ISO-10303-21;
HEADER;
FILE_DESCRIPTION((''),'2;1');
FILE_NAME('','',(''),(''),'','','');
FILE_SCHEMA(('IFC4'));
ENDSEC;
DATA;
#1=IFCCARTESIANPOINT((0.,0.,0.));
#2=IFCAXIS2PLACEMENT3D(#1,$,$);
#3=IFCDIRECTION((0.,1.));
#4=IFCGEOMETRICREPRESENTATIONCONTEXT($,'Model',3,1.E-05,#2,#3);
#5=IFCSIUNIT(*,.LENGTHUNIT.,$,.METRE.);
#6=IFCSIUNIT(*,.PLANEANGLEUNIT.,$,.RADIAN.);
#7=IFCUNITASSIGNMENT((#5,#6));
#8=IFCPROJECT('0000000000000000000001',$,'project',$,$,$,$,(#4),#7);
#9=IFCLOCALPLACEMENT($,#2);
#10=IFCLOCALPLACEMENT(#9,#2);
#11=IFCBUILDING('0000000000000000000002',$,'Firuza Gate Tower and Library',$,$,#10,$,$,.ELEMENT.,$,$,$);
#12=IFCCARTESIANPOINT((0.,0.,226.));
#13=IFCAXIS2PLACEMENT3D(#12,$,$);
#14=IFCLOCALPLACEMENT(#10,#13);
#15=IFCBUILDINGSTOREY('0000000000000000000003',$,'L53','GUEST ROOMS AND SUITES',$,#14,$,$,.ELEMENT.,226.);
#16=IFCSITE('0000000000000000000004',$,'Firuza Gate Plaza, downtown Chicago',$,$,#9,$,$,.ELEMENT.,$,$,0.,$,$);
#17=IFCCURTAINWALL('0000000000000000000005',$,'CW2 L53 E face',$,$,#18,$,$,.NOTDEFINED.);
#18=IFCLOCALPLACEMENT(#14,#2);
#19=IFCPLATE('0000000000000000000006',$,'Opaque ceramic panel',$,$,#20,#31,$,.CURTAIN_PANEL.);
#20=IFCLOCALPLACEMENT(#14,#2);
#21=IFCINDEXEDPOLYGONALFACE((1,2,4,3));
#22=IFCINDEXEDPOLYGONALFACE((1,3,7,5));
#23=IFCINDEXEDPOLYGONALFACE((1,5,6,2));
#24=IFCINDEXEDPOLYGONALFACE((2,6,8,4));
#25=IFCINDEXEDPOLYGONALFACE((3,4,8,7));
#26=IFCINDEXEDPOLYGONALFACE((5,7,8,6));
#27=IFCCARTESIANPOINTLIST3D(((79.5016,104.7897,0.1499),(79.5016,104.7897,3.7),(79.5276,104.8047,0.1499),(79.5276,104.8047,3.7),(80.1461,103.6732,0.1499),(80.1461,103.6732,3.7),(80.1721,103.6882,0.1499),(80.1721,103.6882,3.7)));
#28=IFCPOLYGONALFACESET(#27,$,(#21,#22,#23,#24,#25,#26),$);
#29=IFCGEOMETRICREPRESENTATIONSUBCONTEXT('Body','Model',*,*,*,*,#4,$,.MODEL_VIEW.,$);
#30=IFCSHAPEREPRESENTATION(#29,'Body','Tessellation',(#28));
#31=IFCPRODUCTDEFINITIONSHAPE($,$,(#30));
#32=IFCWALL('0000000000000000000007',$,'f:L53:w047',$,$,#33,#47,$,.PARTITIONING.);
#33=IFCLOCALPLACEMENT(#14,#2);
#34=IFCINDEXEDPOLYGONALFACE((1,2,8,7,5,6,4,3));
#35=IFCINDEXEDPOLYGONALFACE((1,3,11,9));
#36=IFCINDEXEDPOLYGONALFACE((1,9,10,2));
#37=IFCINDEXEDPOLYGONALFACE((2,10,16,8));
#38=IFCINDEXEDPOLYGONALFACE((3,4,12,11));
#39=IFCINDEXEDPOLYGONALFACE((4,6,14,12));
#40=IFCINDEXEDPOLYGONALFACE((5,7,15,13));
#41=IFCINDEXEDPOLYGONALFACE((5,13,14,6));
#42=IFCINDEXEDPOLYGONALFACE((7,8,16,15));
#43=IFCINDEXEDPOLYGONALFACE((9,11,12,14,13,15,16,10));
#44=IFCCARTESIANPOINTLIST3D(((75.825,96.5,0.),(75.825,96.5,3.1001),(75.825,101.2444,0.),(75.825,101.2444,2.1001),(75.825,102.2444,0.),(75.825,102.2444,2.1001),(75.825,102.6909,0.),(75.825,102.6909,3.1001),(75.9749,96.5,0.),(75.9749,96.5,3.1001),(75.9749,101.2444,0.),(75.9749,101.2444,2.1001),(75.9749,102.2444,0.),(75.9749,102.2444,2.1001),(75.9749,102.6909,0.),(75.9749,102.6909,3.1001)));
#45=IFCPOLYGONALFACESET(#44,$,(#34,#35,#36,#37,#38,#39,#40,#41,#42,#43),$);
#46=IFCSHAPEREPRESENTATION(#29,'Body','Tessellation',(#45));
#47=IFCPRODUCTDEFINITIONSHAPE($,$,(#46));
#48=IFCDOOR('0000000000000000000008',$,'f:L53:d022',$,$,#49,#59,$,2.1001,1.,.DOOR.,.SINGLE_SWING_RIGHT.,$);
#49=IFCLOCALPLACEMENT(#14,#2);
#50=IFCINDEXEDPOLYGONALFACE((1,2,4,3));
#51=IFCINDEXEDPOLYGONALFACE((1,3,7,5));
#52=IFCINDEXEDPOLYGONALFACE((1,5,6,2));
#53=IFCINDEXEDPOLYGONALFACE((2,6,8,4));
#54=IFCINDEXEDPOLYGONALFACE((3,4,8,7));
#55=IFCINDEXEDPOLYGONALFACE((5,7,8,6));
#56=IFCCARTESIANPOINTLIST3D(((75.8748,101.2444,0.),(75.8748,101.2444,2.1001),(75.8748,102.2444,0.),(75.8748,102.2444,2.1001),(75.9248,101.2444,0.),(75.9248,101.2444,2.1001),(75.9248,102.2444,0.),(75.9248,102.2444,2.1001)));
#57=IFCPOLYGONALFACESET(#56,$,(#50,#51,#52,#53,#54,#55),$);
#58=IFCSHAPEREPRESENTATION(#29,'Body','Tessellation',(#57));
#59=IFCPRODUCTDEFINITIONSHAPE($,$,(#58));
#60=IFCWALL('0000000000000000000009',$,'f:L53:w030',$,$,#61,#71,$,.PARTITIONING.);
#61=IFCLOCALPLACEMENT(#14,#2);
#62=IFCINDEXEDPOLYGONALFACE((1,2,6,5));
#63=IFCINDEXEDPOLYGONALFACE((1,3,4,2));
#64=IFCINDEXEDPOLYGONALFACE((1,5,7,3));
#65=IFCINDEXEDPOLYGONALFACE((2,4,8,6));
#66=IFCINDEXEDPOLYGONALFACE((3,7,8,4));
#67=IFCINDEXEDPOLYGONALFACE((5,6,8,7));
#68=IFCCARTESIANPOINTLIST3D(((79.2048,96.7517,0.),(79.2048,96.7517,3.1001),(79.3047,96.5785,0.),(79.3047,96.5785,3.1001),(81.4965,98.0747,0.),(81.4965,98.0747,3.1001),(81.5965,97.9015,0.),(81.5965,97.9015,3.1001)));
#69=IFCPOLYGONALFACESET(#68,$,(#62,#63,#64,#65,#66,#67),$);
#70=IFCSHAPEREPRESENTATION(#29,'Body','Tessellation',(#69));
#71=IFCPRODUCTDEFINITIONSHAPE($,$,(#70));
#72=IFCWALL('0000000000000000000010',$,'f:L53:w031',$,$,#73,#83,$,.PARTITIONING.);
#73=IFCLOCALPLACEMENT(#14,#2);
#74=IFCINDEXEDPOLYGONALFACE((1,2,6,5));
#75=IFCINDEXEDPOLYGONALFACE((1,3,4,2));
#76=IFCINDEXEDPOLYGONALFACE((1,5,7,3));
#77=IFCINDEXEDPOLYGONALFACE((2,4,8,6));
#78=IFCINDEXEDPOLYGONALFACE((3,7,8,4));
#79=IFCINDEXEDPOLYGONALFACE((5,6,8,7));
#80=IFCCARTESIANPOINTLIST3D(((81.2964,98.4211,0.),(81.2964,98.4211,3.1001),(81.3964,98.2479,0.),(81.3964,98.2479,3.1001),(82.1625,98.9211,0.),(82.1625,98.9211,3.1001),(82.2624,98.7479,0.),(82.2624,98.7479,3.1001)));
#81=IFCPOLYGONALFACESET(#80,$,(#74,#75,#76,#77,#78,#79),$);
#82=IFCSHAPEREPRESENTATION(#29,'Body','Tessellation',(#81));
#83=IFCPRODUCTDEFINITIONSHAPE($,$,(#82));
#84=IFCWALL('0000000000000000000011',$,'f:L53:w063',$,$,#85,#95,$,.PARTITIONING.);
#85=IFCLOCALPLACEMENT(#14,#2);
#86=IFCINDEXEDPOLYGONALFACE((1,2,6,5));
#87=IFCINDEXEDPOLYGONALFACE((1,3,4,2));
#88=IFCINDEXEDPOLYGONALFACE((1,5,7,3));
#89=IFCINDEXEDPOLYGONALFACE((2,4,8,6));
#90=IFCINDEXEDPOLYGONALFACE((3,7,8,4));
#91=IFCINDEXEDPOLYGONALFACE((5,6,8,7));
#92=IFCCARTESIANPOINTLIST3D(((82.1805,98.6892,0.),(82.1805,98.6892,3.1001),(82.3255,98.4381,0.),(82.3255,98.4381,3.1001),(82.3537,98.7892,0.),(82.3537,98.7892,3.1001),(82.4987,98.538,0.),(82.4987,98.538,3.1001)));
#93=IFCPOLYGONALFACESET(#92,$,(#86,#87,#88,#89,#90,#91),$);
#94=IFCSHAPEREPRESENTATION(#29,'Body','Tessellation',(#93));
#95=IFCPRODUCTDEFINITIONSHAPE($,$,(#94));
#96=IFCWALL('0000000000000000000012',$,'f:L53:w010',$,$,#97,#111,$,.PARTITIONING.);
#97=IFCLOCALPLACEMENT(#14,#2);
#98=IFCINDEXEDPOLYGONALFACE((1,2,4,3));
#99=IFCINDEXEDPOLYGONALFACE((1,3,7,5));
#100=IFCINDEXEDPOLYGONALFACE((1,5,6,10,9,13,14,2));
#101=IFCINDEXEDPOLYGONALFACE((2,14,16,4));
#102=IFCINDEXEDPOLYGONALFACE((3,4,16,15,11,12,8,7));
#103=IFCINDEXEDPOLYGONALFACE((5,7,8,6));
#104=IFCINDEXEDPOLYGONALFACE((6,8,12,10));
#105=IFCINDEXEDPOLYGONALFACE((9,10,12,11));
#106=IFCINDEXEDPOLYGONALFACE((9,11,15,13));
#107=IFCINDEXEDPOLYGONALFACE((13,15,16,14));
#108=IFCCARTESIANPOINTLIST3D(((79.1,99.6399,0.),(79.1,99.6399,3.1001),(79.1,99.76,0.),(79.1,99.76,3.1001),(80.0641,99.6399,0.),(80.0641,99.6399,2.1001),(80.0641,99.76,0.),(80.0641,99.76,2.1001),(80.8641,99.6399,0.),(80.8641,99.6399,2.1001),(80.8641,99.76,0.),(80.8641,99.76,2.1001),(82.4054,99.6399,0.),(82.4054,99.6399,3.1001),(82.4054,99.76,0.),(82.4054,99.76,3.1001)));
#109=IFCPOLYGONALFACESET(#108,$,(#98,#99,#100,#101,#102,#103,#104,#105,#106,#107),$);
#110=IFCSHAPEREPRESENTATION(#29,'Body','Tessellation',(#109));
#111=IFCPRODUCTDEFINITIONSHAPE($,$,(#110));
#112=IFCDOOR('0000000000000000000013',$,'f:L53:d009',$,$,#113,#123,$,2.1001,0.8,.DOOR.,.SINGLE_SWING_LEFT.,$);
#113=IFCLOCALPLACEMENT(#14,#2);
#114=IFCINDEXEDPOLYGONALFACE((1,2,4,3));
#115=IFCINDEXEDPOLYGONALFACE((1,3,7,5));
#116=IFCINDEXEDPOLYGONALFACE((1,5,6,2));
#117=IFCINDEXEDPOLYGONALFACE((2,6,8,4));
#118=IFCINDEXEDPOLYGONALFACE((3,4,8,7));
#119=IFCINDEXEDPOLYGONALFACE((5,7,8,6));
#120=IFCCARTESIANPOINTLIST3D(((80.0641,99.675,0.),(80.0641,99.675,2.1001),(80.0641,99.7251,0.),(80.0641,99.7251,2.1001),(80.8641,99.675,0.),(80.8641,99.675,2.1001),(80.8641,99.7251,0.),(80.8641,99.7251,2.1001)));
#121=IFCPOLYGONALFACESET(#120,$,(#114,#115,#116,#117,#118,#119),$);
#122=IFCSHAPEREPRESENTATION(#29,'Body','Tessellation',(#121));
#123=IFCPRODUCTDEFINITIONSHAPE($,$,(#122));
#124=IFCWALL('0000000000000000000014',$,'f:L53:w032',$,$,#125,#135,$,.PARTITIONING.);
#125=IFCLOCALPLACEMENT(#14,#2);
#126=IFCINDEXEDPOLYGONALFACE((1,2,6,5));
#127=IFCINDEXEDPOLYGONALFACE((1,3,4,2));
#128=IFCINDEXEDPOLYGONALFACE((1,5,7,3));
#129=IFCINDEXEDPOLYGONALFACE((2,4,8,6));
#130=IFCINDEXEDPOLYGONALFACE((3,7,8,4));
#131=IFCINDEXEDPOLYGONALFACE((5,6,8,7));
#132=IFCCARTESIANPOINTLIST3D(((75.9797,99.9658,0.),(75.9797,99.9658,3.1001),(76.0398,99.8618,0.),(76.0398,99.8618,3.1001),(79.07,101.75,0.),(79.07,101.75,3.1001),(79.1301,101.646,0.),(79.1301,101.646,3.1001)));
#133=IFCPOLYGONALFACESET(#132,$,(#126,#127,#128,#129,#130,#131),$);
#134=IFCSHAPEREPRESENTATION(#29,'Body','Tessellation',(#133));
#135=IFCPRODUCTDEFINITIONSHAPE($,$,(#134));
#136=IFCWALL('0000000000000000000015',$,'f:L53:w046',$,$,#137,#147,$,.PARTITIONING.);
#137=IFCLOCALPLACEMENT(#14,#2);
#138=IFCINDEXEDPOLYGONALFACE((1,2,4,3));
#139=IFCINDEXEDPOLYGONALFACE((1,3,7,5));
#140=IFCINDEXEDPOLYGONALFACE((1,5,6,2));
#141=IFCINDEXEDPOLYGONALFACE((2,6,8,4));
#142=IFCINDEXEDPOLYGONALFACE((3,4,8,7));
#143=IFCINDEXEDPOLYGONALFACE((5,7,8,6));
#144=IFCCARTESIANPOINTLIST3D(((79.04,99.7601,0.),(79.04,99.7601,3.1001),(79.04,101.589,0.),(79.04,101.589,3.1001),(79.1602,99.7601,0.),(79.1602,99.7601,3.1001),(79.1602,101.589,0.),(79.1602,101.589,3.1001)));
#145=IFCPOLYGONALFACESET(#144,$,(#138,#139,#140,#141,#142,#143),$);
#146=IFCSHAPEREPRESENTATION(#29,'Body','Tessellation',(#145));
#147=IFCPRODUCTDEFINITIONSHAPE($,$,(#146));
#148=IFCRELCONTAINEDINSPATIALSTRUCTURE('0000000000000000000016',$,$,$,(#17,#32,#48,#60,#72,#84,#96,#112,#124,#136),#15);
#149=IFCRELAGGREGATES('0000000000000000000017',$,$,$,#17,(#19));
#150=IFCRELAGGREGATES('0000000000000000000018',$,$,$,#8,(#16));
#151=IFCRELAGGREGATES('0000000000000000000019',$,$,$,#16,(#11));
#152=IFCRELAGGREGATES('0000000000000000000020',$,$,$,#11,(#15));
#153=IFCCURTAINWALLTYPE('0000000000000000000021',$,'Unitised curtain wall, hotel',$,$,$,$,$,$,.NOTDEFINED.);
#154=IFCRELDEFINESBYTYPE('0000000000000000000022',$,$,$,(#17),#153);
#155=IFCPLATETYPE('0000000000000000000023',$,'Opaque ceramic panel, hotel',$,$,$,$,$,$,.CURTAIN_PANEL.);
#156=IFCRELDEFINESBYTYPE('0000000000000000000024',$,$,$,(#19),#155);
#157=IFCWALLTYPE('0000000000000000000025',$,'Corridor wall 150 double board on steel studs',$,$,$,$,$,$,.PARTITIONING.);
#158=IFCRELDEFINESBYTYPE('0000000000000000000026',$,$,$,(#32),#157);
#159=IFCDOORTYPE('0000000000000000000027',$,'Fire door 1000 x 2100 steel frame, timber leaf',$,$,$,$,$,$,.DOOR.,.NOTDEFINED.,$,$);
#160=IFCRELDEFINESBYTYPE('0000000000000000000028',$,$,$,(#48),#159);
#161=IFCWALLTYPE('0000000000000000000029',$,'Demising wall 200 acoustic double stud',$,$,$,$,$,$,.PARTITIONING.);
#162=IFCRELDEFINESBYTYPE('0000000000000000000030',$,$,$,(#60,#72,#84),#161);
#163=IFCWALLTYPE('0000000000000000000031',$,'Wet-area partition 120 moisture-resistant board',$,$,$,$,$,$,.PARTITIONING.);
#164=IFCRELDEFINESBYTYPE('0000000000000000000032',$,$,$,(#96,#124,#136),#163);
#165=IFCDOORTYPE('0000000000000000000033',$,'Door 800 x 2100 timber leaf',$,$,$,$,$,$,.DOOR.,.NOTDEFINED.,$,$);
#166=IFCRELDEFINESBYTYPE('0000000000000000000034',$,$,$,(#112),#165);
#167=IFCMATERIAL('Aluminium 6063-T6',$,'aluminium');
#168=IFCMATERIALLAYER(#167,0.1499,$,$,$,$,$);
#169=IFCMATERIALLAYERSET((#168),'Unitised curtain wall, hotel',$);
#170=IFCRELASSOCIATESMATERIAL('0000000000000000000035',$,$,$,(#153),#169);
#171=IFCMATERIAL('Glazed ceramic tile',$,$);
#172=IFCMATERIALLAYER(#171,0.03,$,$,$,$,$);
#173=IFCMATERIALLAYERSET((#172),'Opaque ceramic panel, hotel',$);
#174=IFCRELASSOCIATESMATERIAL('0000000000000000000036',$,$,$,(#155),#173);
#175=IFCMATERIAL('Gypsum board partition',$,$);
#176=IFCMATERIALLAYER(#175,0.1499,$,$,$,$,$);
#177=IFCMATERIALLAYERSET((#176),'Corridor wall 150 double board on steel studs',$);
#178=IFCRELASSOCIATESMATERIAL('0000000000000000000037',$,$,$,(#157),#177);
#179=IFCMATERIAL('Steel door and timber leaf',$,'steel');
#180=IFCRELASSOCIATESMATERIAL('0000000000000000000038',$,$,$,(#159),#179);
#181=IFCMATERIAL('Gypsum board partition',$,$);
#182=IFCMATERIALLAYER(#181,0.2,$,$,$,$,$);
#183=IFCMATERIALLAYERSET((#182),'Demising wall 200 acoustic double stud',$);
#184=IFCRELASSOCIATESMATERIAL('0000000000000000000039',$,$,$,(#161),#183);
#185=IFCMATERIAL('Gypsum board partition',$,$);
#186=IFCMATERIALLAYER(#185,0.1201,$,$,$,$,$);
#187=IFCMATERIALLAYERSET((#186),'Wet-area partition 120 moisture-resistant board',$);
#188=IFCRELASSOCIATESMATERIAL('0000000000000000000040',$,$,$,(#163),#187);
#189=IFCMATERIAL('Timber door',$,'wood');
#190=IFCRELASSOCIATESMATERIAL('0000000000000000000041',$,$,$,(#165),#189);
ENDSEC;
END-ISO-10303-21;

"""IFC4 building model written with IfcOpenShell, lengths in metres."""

from ifc_helpers import new_model, si_unit, direction, frame, frame_2d, origin, place, context, subcontext, project, spatial, polyline, rectangle, outline, extrude, material, layer, layer_set, type_object, element, fill, aggregate, save


model = new_model("IFC4")

# Units and contexts
model_context = context("Model", 3, precision=1e-05, world=origin(), true_north=direction((0.0, 1.0)))
body_context = subcontext(model_context, "Body", "Model", "MODEL_VIEW")
ifc_project = project(units=[si_unit("LENGTHUNIT", "METRE"), si_unit("PLANEANGLEUNIT", "RADIAN")], contexts=[model_context])

# Site, building, storey
site_placement = place(None, origin())
site = spatial("IfcSite", under=ifc_project, at=site_placement, Name="Firuza Gate Plaza, downtown Chicago", CompositionType="ELEMENT", RefElevation=0.0)
building_placement = place(site_placement, origin())
building = spatial("IfcBuilding", under=site, at=building_placement, Name="Firuza Gate Tower and Library", CompositionType="ELEMENT")
storey_placement = place(building_placement, frame((0.0, 0.0, 226.0)))
storey = spatial("IfcBuildingStorey", under=building, at=storey_placement, Name="L53", Description="GUEST ROOMS AND SUITES", CompositionType="ELEMENT", Elevation=226.0)

# Curtain wall
placement = place(storey_placement, origin())
ifc_material_1 = material(Name="Aluminium 6063-T6", Category="aluminium")
ifc_layer_1 = layer(ifc_material_1, 0.1499)
ifc_layer_set_1 = layer_set([ifc_layer_1], Name="Unitised curtain wall, hotel")
curtain_wall_type_1 = type_object("IfcCurtainWallType", Name="Unitised curtain wall, hotel", PredefinedType="NOTDEFINED", material=ifc_layer_set_1)
curtain_wall_1 = element("IfcCurtainWall", 1, at=placement, inside=storey, type_object=curtain_wall_type_1, Name="CW2 L53 E face", PredefinedType="NOTDEFINED")

# Plate
ifc_material_2 = material(Name="Glazed ceramic tile")
ifc_layer_2 = layer(ifc_material_2, 0.03)
ifc_layer_set_2 = layer_set([ifc_layer_2], Name="Opaque ceramic panel, hotel")
plate_type_1 = type_object("IfcPlateType", Name="Opaque ceramic panel, hotel", PredefinedType="CURTAIN_PANEL", material=ifc_layer_set_2)
plate_1_placement = place(storey_placement, frame((80.1721, 103.6882, 0.1499), z_axis=(0.866044, 0.499968, 0.0), x_axis=(-0.499968, 0.866044, 0.0)))
plate_1 = element("IfcPlate", 2, at=plate_1_placement, type_object=plate_type_1, Name="Opaque ceramic panel", PredefinedType="CURTAIN_PANEL", context=body_context, shape_type="SweptSolid", body=[
    extrude(outline(polyline([(0.0, 0.0), (1.2891, 0.0), (1.2891, 3.55), (0.0, 3.55), (0.0, 0.0)])), origin(), (0.0, 0.0, -1.0), 0.03),
])
aggregate(curtain_wall_1, [plate_1])

# Wall, opening, door
ifc_material_3 = material(Name="Gypsum board partition")
ifc_layer_3 = layer(ifc_material_3, 0.1499)
ifc_layer_set_3 = layer_set([ifc_layer_3], Name="Corridor wall 150 double board on steel studs")
wall_type_1 = type_object("IfcWallType", Name="Corridor wall 150 double board on steel studs", PredefinedType="PARTITIONING", material=ifc_layer_set_3)
wall_1_placement = place(storey_placement, frame((75.8999, 102.6909, 0.0), z_axis=(0.0, 0.0, 1.0), x_axis=(0.0, -1.0, 0.0)))
wall_1 = element("IfcWall", 3, at=wall_1_placement, inside=storey, type_object=wall_type_1, Name="f:L53:w047", PredefinedType="PARTITIONING", context=body_context, shape_type="SweptSolid", body=[
    extrude(rectangle(XDim=6.1909, YDim=0.1499, at=frame_2d((3.0955, 0.0))), origin(), (0.0, 0.0, 1.0), 3.1001),
])
opening_1_placement = place(wall_1_placement, frame((0.4465, 0.0, 0.0)))
opening_1 = element("IfcOpeningElement", 4, at=opening_1_placement, cuts=wall_1, PredefinedType="OPENING", context=body_context, shape_type="SweptSolid", body=[
    extrude(rectangle(XDim=1.0, YDim=2.1001, at=frame_2d((0.5, 1.05))), frame((0.0, 0.085, 0.0), z_axis=(0.0, -1.0, 0.0), x_axis=(1.0, 0.0, 0.0)), (0.0, 0.0, 1.0), 0.1699),
])
ifc_material_4 = material(Name="Steel door and timber leaf", Category="steel")
door_type_1 = type_object("IfcDoorType", Name="Fire door 1000 x 2100 steel frame, timber leaf", OperationType="NOTDEFINED", PredefinedType="DOOR", material=ifc_material_4)
door_1_placement = place(opening_1_placement, origin())
door_1 = element("IfcDoor", 5, at=door_1_placement, inside=storey, type_object=door_type_1, Name="f:L53:d022", OperationType="SINGLE_SWING_RIGHT", OverallHeight=2.1001, OverallWidth=1.0, PredefinedType="DOOR", context=body_context, shape_type="SweptSolid", body=[
    extrude(rectangle(XDim=1.0, YDim=2.1001, at=frame_2d((0.5, 1.05))), frame((0.0, 0.0249, 0.0), z_axis=(0.0, -1.0, 0.0), x_axis=(1.0, 0.0, 0.0)), (0.0, 0.0, 1.0), 0.05),
])
fill(opening_1, door_1)

# Walls
ifc_material_5 = material(Name="Gypsum board partition")
ifc_layer_4 = layer(ifc_material_5, 0.2)
ifc_layer_set_4 = layer_set([ifc_layer_4], Name="Demising wall 200 acoustic double stud")
wall_type_2 = type_object("IfcWallType", Name="Demising wall 200 acoustic double stud", PredefinedType="PARTITIONING", material=ifc_layer_set_4)
wall_2_placement = place(storey_placement, frame((79.2546, 96.665, 0.0), z_axis=(0.0, 0.0, 1.0), x_axis=(0.866049, 0.499959, 0.0)))
element("IfcWall", 6, at=wall_2_placement, inside=storey, type_object=wall_type_2, Name="f:L53:w030", PredefinedType="PARTITIONING", context=body_context, shape_type="SweptSolid", body=[
    extrude(rectangle(XDim=2.6462, YDim=0.2, at=frame_2d((1.3232, 0.0))), origin(), (0.0, 0.0, 1.0), 3.1001),
])
wall_3_placement = place(storey_placement, frame((81.3464, 98.3345, 0.0), z_axis=(0.0, 0.0, 1.0), x_axis=(0.866011, 0.500025, 0.0)))
element("IfcWall", 7, at=wall_3_placement, inside=storey, type_object=wall_type_2, Name="f:L53:w031", PredefinedType="PARTITIONING", context=body_context, shape_type="SweptSolid", body=[
    extrude(rectangle(XDim=1.0, YDim=0.2, at=frame_2d((0.5, 0.0))), origin(), (0.0, 0.0, 1.0), 3.1001),
])
wall_4_placement = place(storey_placement, frame((82.4121, 98.488, 0.0), z_axis=(0.0, 0.0, 1.0), x_axis=(-0.499941, 0.866059, 0.0)))
element("IfcWall", 8, at=wall_4_placement, inside=storey, type_object=wall_type_2, Name="f:L53:w063", PredefinedType="PARTITIONING", context=body_context, shape_type="SweptSolid", body=[
    extrude(rectangle(XDim=0.29, YDim=0.2, at=frame_2d((0.145, 0.0))), origin(), (0.0, 0.0, 1.0), 3.1001),
])

# Wall, opening, door
ifc_material_6 = material(Name="Gypsum board partition")
ifc_layer_5 = layer(ifc_material_6, 0.1201)
ifc_layer_set_5 = layer_set([ifc_layer_5], Name="Wet-area partition 120 moisture-resistant board")
wall_type_3 = type_object("IfcWallType", Name="Wet-area partition 120 moisture-resistant board", PredefinedType="PARTITIONING", material=ifc_layer_set_5)
wall_5_placement = place(storey_placement, frame((82.4055, 99.7, 0.0), z_axis=(0.0, 0.0, 1.0), x_axis=(-1.0, 0.0, 0.0)))
wall_5 = element("IfcWall", 9, at=wall_5_placement, inside=storey, type_object=wall_type_3, Name="f:L53:w010", PredefinedType="PARTITIONING", context=body_context, shape_type="SweptSolid", body=[
    extrude(rectangle(XDim=3.3054, YDim=0.1201, at=frame_2d((1.6528, 0.0))), origin(), (0.0, 0.0, 1.0), 3.1001),
])
opening_2_placement = place(wall_5_placement, frame((1.5415, 0.0, 0.0)))
opening_2 = element("IfcOpeningElement", 10, at=opening_2_placement, cuts=wall_5, PredefinedType="OPENING", context=body_context, shape_type="SweptSolid", body=[
    extrude(rectangle(XDim=0.8, YDim=2.1001, at=frame_2d((0.3999, 1.05))), frame((0.0, 0.0701, 0.0), z_axis=(0.0, -1.0, 0.0), x_axis=(1.0, 0.0, 0.0)), (0.0, 0.0, 1.0), 0.1401),
])
ifc_material_7 = material(Name="Timber door", Category="wood")
door_type_2 = type_object("IfcDoorType", Name="Door 800 x 2100 timber leaf", OperationType="NOTDEFINED", PredefinedType="DOOR", material=ifc_material_7)
door_2_placement = place(opening_2_placement, origin())
door_2 = element("IfcDoor", 11, at=door_2_placement, inside=storey, type_object=door_type_2, Name="f:L53:d009", OperationType="SINGLE_SWING_LEFT", OverallHeight=2.1001, OverallWidth=0.8, PredefinedType="DOOR", context=body_context, shape_type="SweptSolid", body=[
    extrude(rectangle(XDim=0.8, YDim=2.1001, at=frame_2d((0.3999, 1.05))), frame((0.0, 0.0249, 0.0), z_axis=(0.0, -1.0, 0.0), x_axis=(1.0, 0.0, 0.0)), (0.0, 0.0, 1.0), 0.05),
])
fill(opening_2, door_2)

# Walls
wall_6_placement = place(storey_placement, frame((76.0098, 99.9138, 0.0), z_axis=(0.0, 0.0, 1.0), x_axis=(0.866028, 0.499995, 0.0)))
element("IfcWall", 12, at=wall_6_placement, inside=storey, type_object=wall_type_3, Name="f:L53:w032", PredefinedType="PARTITIONING", context=body_context, shape_type="SweptSolid", body=[
    extrude(rectangle(XDim=3.5684, YDim=0.1201, at=frame_2d((1.7842, 0.0))), origin(), (0.0, 0.0, 1.0), 3.1001),
])
wall_7_placement = place(storey_placement, frame((79.1001, 99.76, 0.0), z_axis=(0.0, 0.0, 1.0), x_axis=(0.0, 1.0, 0.0)))
element("IfcWall", 13, at=wall_7_placement, inside=storey, type_object=wall_type_3, Name="f:L53:w046", PredefinedType="PARTITIONING", context=body_context, shape_type="SweptSolid", body=[
    extrude(rectangle(XDim=1.8289, YDim=0.1201, at=frame_2d((0.9146, 0.0))), origin(), (0.0, 0.0, 1.0), 3.1001),
])

save(model, "model.ifc")
